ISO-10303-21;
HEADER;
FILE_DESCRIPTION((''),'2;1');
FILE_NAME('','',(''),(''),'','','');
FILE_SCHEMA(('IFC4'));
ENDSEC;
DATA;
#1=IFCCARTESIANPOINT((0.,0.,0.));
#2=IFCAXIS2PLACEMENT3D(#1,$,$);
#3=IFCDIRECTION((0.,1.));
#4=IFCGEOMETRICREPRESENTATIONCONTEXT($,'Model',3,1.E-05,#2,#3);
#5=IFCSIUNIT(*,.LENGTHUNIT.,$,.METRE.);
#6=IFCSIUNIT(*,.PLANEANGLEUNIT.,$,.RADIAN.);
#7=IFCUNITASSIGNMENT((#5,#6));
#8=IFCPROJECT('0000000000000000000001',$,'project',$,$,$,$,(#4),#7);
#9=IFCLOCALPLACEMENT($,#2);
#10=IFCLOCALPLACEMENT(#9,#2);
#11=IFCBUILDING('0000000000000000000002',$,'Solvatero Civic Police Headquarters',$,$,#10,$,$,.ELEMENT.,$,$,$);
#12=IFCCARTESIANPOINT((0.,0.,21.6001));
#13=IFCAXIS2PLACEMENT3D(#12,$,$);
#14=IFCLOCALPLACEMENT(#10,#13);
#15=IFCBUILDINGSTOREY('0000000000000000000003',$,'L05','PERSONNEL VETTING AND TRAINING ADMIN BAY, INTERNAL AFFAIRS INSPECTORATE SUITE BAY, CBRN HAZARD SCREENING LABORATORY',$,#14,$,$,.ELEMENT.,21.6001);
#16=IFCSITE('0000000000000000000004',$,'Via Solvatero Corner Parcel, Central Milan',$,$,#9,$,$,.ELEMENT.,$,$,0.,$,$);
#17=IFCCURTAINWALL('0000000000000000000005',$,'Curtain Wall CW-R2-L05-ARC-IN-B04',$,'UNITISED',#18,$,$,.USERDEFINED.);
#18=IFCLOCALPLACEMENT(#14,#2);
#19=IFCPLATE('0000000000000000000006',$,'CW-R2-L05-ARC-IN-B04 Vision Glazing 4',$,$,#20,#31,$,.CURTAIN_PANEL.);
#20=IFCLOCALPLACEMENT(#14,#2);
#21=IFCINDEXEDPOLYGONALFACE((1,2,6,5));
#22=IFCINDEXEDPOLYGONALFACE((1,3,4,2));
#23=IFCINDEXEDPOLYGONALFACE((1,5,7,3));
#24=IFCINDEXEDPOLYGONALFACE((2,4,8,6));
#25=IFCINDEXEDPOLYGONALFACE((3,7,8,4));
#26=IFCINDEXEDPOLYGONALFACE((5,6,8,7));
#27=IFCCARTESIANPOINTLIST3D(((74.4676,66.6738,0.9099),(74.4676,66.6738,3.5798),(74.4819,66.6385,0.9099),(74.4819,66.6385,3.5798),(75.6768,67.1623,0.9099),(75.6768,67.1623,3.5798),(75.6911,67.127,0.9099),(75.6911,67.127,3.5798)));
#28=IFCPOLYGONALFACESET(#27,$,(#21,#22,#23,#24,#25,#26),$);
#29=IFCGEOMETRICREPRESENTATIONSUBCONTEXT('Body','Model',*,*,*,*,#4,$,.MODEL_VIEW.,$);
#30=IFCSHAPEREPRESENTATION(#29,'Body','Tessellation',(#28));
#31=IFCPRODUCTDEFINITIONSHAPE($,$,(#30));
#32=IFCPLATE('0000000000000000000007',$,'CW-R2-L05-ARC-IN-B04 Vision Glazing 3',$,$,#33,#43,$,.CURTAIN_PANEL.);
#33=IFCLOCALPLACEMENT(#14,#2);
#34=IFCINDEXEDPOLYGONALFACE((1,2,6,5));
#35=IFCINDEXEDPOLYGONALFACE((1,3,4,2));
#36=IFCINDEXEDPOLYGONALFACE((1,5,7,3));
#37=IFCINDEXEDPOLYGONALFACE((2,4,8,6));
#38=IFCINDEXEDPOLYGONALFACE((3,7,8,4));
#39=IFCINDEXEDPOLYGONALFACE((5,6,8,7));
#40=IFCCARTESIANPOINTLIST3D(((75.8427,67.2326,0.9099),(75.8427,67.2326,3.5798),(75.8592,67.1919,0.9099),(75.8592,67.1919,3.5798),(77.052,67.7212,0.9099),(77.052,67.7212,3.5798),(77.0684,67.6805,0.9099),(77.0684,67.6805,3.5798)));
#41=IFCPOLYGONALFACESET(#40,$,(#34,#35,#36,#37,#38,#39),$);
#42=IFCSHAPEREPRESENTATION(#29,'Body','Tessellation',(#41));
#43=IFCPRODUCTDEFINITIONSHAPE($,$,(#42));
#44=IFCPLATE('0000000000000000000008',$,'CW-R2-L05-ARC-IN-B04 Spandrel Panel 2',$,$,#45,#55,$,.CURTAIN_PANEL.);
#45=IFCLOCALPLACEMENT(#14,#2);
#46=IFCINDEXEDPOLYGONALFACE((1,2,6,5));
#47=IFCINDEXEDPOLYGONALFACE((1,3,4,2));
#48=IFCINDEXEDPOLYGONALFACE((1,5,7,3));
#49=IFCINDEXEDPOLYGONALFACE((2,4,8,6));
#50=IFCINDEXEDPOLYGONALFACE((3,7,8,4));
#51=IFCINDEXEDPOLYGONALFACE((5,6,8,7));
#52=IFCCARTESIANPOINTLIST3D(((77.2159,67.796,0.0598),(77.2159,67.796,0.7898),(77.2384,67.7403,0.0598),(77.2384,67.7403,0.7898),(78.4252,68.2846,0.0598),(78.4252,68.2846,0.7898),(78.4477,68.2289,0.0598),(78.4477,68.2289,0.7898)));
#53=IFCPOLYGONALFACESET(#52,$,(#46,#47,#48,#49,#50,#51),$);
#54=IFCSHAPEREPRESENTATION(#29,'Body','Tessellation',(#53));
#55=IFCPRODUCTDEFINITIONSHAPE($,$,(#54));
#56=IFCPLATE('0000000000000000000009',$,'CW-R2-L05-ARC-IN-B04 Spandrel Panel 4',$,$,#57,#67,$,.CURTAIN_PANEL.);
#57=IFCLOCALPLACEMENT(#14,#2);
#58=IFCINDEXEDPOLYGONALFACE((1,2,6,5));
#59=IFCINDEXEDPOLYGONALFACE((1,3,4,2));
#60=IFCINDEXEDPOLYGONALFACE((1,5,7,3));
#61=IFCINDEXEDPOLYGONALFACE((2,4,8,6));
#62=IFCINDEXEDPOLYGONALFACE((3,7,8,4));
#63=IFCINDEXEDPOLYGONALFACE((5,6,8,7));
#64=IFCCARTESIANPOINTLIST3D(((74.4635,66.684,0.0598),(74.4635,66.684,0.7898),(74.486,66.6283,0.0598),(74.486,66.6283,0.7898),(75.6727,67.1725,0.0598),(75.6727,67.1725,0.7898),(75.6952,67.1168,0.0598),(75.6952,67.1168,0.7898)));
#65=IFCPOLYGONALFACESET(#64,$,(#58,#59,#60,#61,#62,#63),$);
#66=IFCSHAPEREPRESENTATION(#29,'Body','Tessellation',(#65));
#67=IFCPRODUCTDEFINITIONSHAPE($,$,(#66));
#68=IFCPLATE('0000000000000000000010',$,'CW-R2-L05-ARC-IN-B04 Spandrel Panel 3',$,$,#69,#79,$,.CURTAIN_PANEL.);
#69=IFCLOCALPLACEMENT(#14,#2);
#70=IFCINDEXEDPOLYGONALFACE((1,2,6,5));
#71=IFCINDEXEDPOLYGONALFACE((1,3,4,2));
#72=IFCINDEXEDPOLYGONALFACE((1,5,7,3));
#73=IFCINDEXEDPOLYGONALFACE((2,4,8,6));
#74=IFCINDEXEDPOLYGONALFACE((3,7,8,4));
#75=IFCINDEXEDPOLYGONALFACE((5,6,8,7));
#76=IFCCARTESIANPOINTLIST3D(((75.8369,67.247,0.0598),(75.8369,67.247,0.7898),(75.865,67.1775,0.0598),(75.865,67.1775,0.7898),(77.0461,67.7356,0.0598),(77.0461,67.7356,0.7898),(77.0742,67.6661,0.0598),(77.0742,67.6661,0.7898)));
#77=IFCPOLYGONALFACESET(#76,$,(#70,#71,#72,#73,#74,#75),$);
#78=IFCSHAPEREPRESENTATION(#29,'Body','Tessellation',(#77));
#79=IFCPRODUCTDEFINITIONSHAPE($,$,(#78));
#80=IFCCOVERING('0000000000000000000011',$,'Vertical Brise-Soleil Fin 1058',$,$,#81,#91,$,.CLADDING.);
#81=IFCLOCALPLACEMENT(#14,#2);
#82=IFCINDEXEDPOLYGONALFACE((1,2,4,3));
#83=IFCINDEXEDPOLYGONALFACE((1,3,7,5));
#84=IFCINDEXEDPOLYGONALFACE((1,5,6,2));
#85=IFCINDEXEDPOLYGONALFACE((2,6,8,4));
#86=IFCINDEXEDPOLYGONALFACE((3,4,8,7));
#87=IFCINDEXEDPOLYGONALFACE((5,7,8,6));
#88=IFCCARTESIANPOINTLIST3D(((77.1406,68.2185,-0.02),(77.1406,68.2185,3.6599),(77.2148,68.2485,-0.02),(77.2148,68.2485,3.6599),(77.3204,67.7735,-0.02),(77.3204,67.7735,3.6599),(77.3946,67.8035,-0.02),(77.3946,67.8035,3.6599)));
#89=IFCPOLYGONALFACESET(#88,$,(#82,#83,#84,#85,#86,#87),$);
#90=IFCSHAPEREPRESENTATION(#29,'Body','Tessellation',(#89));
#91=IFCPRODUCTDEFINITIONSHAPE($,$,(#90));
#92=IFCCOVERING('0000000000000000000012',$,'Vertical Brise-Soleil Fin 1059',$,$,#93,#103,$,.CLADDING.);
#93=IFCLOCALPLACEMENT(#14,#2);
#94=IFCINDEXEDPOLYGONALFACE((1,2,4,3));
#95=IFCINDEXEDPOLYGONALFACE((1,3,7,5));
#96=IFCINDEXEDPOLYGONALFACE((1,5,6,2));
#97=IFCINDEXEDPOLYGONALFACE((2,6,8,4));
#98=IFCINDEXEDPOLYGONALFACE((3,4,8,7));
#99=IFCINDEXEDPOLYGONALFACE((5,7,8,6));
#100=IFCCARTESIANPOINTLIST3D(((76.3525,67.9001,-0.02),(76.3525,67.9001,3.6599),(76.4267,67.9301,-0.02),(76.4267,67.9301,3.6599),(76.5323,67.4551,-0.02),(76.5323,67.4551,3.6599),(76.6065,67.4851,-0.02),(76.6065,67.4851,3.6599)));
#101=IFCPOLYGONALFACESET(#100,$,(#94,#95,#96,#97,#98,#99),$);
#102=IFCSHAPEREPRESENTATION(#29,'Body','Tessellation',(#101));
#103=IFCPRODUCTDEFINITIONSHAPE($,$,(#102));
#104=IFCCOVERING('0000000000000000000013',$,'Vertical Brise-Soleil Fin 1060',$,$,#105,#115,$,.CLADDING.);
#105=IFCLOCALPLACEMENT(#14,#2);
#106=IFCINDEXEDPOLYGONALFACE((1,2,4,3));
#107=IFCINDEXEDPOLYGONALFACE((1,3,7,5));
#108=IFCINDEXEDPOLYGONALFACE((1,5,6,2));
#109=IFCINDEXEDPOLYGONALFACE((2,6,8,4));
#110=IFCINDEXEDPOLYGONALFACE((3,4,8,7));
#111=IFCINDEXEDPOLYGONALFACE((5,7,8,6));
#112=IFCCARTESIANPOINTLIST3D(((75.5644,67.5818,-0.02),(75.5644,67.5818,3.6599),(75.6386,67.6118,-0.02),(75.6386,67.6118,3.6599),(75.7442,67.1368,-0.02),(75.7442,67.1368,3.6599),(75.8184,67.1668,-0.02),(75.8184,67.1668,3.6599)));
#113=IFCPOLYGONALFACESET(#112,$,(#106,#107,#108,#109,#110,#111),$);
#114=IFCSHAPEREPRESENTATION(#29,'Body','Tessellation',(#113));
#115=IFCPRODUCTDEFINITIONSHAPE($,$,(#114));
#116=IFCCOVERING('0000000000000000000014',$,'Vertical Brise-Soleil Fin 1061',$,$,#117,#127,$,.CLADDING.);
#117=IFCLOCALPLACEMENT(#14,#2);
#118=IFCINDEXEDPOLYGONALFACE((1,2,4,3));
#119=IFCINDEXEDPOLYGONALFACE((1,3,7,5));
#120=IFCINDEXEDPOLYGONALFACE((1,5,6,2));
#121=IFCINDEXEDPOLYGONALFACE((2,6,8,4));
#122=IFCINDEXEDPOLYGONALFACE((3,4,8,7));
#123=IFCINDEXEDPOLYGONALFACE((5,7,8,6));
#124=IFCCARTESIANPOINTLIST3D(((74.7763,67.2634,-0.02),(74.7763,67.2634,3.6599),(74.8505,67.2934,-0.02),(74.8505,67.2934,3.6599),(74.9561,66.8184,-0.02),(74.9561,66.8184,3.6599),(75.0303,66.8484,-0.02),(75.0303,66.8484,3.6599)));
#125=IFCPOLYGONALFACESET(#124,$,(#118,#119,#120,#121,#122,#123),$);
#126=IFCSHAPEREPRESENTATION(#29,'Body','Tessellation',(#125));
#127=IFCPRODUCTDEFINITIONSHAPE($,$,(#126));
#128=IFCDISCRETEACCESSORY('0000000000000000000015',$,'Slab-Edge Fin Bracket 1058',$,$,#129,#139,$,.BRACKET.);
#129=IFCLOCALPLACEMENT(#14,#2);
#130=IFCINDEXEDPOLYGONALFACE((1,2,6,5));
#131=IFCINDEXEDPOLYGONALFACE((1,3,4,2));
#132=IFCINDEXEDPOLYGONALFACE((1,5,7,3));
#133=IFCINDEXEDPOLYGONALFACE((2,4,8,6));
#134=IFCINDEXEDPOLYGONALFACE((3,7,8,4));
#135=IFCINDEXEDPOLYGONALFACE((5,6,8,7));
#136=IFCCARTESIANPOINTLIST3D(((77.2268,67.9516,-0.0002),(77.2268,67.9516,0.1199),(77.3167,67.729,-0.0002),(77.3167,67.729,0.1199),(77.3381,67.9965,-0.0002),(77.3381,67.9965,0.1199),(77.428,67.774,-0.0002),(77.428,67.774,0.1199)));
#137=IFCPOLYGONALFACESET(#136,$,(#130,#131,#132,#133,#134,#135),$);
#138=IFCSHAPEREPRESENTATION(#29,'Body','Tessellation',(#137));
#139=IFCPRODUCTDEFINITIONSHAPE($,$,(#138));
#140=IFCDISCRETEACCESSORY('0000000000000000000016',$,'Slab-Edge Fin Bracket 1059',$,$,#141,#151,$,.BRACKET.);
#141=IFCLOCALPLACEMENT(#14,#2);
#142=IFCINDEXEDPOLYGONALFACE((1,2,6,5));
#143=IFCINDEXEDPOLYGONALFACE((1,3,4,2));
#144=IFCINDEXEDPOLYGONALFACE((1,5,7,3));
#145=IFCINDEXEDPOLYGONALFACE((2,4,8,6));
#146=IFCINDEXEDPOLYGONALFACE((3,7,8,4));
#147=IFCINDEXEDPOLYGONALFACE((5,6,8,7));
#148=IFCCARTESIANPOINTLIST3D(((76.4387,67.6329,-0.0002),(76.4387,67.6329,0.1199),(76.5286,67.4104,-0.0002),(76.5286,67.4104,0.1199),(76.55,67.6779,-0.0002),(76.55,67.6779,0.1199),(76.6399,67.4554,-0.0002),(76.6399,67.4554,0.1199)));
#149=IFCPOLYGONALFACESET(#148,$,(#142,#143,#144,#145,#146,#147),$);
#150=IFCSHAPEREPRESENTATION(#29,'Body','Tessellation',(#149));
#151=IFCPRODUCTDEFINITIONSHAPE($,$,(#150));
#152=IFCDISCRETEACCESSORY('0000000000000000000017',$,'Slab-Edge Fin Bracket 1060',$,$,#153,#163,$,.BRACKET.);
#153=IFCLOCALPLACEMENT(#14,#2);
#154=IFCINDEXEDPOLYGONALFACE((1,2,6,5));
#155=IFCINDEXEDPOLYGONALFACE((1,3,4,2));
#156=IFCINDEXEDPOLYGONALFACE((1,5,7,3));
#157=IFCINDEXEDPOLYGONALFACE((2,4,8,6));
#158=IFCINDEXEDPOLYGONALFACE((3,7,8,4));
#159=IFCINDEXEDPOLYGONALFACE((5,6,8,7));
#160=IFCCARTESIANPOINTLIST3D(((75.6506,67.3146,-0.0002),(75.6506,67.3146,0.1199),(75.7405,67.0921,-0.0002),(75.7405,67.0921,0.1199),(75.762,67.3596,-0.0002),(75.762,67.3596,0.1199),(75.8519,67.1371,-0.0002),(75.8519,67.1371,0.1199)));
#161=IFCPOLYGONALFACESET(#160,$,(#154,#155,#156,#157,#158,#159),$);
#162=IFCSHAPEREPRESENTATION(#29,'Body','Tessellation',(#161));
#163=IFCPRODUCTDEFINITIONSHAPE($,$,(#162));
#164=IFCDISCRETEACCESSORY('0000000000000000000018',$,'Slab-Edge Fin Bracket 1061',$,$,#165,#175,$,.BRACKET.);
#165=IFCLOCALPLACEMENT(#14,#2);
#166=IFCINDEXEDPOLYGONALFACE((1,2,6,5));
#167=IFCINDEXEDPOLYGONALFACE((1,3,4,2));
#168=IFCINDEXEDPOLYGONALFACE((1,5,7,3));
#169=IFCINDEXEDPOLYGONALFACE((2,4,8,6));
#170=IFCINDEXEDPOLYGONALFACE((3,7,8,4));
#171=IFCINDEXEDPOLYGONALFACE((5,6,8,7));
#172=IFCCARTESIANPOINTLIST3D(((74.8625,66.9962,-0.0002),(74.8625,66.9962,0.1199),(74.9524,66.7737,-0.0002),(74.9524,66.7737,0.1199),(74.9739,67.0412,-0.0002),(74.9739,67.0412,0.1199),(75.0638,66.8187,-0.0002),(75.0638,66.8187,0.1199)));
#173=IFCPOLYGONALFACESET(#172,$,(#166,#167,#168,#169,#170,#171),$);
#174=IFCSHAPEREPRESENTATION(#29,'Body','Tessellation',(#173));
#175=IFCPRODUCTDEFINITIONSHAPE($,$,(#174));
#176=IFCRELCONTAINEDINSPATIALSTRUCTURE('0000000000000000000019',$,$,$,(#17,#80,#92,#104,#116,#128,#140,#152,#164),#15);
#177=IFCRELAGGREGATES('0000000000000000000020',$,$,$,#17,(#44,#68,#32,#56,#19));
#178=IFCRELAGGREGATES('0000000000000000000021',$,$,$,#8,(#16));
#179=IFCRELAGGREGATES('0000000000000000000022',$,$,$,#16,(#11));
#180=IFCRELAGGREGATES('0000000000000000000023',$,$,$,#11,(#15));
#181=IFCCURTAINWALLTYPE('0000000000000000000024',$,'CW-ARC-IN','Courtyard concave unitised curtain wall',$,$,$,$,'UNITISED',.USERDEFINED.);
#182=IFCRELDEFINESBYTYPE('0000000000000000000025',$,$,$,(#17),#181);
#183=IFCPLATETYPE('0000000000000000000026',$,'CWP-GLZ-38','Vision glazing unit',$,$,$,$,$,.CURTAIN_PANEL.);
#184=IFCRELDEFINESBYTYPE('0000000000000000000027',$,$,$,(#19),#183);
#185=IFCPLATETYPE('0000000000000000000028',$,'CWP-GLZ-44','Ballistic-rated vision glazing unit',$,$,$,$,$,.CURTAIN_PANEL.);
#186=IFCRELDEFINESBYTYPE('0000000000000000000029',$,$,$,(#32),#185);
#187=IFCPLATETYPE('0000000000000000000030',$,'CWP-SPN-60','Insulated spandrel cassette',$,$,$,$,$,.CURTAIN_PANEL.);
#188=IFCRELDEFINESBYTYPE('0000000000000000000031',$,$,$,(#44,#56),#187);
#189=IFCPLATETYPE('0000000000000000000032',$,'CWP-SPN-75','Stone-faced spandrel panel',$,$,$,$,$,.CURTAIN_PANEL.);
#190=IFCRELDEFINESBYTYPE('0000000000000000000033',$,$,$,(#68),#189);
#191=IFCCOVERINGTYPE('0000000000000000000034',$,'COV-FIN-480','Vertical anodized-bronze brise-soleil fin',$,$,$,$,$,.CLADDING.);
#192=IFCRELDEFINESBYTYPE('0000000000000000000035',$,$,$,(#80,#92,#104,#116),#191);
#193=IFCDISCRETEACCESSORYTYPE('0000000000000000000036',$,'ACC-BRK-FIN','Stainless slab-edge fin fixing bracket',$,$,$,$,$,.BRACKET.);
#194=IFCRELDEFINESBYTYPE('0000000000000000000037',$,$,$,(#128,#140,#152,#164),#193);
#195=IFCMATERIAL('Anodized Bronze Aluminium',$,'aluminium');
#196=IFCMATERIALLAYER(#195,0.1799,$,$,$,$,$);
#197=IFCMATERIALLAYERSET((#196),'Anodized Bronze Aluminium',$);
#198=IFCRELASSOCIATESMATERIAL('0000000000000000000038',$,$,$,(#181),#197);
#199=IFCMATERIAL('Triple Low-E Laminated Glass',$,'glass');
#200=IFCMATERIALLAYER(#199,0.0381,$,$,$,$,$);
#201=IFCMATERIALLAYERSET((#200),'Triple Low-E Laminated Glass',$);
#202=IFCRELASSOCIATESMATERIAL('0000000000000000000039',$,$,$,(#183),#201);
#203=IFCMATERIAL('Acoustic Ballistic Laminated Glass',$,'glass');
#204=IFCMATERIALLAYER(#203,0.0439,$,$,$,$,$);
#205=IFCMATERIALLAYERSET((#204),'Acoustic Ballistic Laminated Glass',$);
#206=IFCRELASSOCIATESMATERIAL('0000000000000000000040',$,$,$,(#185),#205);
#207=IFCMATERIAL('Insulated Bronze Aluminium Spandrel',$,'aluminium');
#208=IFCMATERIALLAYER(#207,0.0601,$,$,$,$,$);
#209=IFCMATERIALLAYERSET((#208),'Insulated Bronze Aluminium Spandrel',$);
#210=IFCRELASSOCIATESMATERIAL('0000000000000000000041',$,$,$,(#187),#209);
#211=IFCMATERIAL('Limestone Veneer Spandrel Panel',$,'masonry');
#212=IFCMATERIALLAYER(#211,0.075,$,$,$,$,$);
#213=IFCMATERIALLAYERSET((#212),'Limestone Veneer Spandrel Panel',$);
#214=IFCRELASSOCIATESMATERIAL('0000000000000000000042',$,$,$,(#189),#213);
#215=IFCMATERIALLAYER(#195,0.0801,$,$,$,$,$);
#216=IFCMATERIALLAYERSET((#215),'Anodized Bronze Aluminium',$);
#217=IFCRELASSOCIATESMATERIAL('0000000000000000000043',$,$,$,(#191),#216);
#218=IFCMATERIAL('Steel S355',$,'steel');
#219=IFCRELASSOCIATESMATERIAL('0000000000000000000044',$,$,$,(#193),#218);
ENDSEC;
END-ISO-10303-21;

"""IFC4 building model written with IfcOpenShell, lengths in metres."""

from ifc_helpers import new_model, si_unit, direction, frame, origin, origin_2d, place, context, subcontext, project, spatial, rectangle, extrude, material, layer, layer_set, type_object, element, aggregate, save


model = new_model("IFC4")

# Units and contexts
model_context = context("Model", 3, precision=1e-05, world=origin(), true_north=direction((0.0, 1.0)))
body_context = subcontext(model_context, "Body", "Model", "MODEL_VIEW")
ifc_project = project(units=[si_unit("LENGTHUNIT", "METRE"), si_unit("PLANEANGLEUNIT", "RADIAN")], contexts=[model_context])

# Site, building, storey
site_placement = place(None, origin())
site = spatial("IfcSite", under=ifc_project, at=site_placement, Name="Via Solvatero Corner Parcel, Central Milan", CompositionType="ELEMENT", RefElevation=0.0)
building_placement = place(site_placement, origin())
building = spatial("IfcBuilding", under=site, at=building_placement, Name="Solvatero Civic Police Headquarters", CompositionType="ELEMENT")
storey_placement = place(building_placement, frame((0.0, 0.0, 21.6001)))
storey = spatial("IfcBuildingStorey", under=building, at=storey_placement, Name="L05", Description="PERSONNEL VETTING AND TRAINING ADMIN BAY, INTERNAL AFFAIRS INSPECTORATE SUITE BAY, CBRN HAZARD SCREENING LABORATORY", CompositionType="ELEMENT", Elevation=21.6001)

# Shared definitions
ifc_material_1 = material(Name="Steel S355", Category="steel")

# Curtain wall, plates
ifc_material_2 = material(Name="Anodized Bronze Aluminium", Category="aluminium")
ifc_layer_1 = layer(ifc_material_2, 0.1799)
ifc_layer_set_1 = layer_set([ifc_layer_1], Name="Anodized Bronze Aluminium")
curtain_wall_type = type_object("IfcCurtainWallType", Name="CW-ARC-IN", Description="Courtyard concave unitised curtain wall", ElementType="UNITISED", PredefinedType="USERDEFINED", material=ifc_layer_set_1)
curtain_wall_placement = place(storey_placement, origin())
curtain_wall = element("IfcCurtainWall", 1, at=curtain_wall_placement, inside=storey, type_object=curtain_wall_type, Name="Curtain Wall CW-R2-L05-ARC-IN-B04", ObjectType="UNITISED", PredefinedType="USERDEFINED")
ifc_material_3 = material(Name="Triple Low-E Laminated Glass", Category="glass")
ifc_layer_2 = layer(ifc_material_3, 0.0381)
ifc_layer_set_2 = layer_set([ifc_layer_2], Name="Triple Low-E Laminated Glass")
plate_type_1 = type_object("IfcPlateType", Name="CWP-GLZ-38", Description="Vision glazing unit", PredefinedType="CURTAIN_PANEL", material=ifc_layer_set_2)
plate_1_placement = place(storey_placement, frame((75.0793, 66.9004, 0.9099), z_axis=(0.0, 0.0, 1.0), x_axis=(-0.927184, -0.374607, 0.0)))
plate_1 = element("IfcPlate", 2, at=plate_1_placement, type_object=plate_type_1, Name="CW-R2-L05-ARC-IN-B04 Vision Glazing 4", PredefinedType="CURTAIN_PANEL", context=body_context, shape_type="SweptSolid", body=[
    extrude(rectangle(XDim=1.3042, YDim=0.0381, at=origin_2d()), origin(), (0.0, 0.0, 1.0), 2.6699),
])
ifc_material_4 = material(Name="Acoustic Ballistic Laminated Glass", Category="glass")
ifc_layer_3 = layer(ifc_material_4, 0.0439)
ifc_layer_set_3 = layer_set([ifc_layer_3], Name="Acoustic Ballistic Laminated Glass")
plate_type_2 = type_object("IfcPlateType", Name="CWP-GLZ-44", Description="Ballistic-rated vision glazing unit", PredefinedType="CURTAIN_PANEL", material=ifc_layer_set_3)
plate_2_placement = place(storey_placement, frame((76.4556, 67.4565, 0.9099), z_axis=(0.0, 0.0, 1.0), x_axis=(-0.927184, -0.374607, 0.0)))
plate_2 = element("IfcPlate", 3, at=plate_2_placement, type_object=plate_type_2, Name="CW-R2-L05-ARC-IN-B04 Vision Glazing 3", PredefinedType="CURTAIN_PANEL", context=body_context, shape_type="SweptSolid", body=[
    extrude(rectangle(XDim=1.3042, YDim=0.0439, at=origin_2d()), origin(), (0.0, 0.0, 1.0), 2.6699),
])
ifc_material_5 = material(Name="Insulated Bronze Aluminium Spandrel", Category="aluminium")
ifc_layer_4 = layer(ifc_material_5, 0.0601)
ifc_layer_set_4 = layer_set([ifc_layer_4], Name="Insulated Bronze Aluminium Spandrel")
plate_type_3 = type_object("IfcPlateType", Name="CWP-SPN-60", Description="Insulated spandrel cassette", PredefinedType="CURTAIN_PANEL", material=ifc_layer_set_4)
plate_3_placement = place(storey_placement, frame((77.8318, 68.0125, 0.0598), z_axis=(0.0, 0.0, 1.0), x_axis=(-0.927184, -0.374607, 0.0)))
plate_3 = element("IfcPlate", 4, at=plate_3_placement, type_object=plate_type_3, Name="CW-R2-L05-ARC-IN-B04 Spandrel Panel 2", PredefinedType="CURTAIN_PANEL", context=body_context, shape_type="SweptSolid", body=[
    extrude(rectangle(XDim=1.3042, YDim=0.0601, at=origin_2d()), origin(), (0.0, 0.0, 1.0), 0.73),
])
plate_4_placement = place(storey_placement, frame((75.0793, 66.9004, 0.0598), z_axis=(0.0, 0.0, 1.0), x_axis=(-0.927184, -0.374607, 0.0)))
plate_4 = element("IfcPlate", 5, at=plate_4_placement, type_object=plate_type_3, Name="CW-R2-L05-ARC-IN-B04 Spandrel Panel 4", PredefinedType="CURTAIN_PANEL", context=body_context, shape_type="SweptSolid", body=[
    extrude(rectangle(XDim=1.3042, YDim=0.0601, at=origin_2d()), origin(), (0.0, 0.0, 1.0), 0.73),
])
ifc_material_6 = material(Name="Limestone Veneer Spandrel Panel", Category="masonry")
ifc_layer_5 = layer(ifc_material_6, 0.075)
ifc_layer_set_5 = layer_set([ifc_layer_5], Name="Limestone Veneer Spandrel Panel")
plate_type_4 = type_object("IfcPlateType", Name="CWP-SPN-75", Description="Stone-faced spandrel panel", PredefinedType="CURTAIN_PANEL", material=ifc_layer_set_5)
plate_5_placement = place(storey_placement, frame((76.4556, 67.4565, 0.0598), z_axis=(0.0, 0.0, 1.0), x_axis=(-0.927184, -0.374607, 0.0)))
plate_5 = element("IfcPlate", 6, at=plate_5_placement, type_object=plate_type_4, Name="CW-R2-L05-ARC-IN-B04 Spandrel Panel 3", PredefinedType="CURTAIN_PANEL", context=body_context, shape_type="SweptSolid", body=[
    extrude(rectangle(XDim=1.3042, YDim=0.075, at=origin_2d()), origin(), (0.0, 0.0, 1.0), 0.73),
])
aggregate(curtain_wall, [plate_3, plate_5, plate_2, plate_4, plate_1])

# Coverings
ifc_layer_6 = layer(ifc_material_2, 0.0801)
ifc_layer_set_6 = layer_set([ifc_layer_6], Name="Anodized Bronze Aluminium")
covering_type = type_object("IfcCoveringType", Name="COV-FIN-480", Description="Vertical anodized-bronze brise-soleil fin", PredefinedType="CLADDING", material=ifc_layer_set_6)
for number, where, z_axis, x_axis, name in (
    (7, (77.2676, 68.011, -0.02), (0.0, 0.0, 1.0), (-0.927184, -0.374607, 0.0), "Vertical Brise-Soleil Fin 1058"),
    (8, (76.4795, 67.6926, -0.02), (0.0, 0.0, 1.0), (-0.927184, -0.374607, 0.0), "Vertical Brise-Soleil Fin 1059"),
    (9, (75.6914, 67.3743, -0.02), (0.0, 0.0, 1.0), (-0.927184, -0.374607, 0.0), "Vertical Brise-Soleil Fin 1060"),
    (10, (74.9033, 67.0559, -0.02), (0.0, 0.0, 1.0), (-0.927184, -0.374607, 0.0), "Vertical Brise-Soleil Fin 1061"),
):
    element("IfcCovering", number, at=place(storey_placement, frame(where, z_axis=z_axis, x_axis=x_axis)), inside=storey, type_object=covering_type, Name=name, PredefinedType="CLADDING", context=body_context, shape_type="SweptSolid", body=[
        extrude(rectangle(XDim=0.0801, YDim=0.48, at=origin_2d()), origin(), (0.0, 0.0, 1.0), 3.6799),
    ])

# Discrete accessories
discrete_accessory_type = type_object("IfcDiscreteAccessoryType", Name="ACC-BRK-FIN", Description="Stainless slab-edge fin fixing bracket", PredefinedType="BRACKET", material=ifc_material_1)
for number, where, z_axis, x_axis, name in (
    (11, (77.3274, 67.8628, -0.0002), (0.0, 0.0, 1.0), (-0.927184, -0.374607, 0.0), "Slab-Edge Fin Bracket 1058"),
    (12, (76.5393, 67.5442, -0.0002), (0.0, 0.0, 1.0), (-0.927184, -0.374607, 0.0), "Slab-Edge Fin Bracket 1059"),
    (13, (75.7512, 67.2258, -0.0002), (0.0, 0.0, 1.0), (-0.927184, -0.374607, 0.0), "Slab-Edge Fin Bracket 1060"),
    (14, (74.9631, 66.9075, -0.0002), (0.0, 0.0, 1.0), (-0.927184, -0.374607, 0.0), "Slab-Edge Fin Bracket 1061"),
):
    element("IfcDiscreteAccessory", number, at=place(storey_placement, frame(where, z_axis=z_axis, x_axis=x_axis)), inside=storey, type_object=discrete_accessory_type, Name=name, PredefinedType="BRACKET", context=body_context, shape_type="SweptSolid", body=[
        extrude(rectangle(XDim=0.1201, YDim=0.24, at=origin_2d()), origin(), (0.0, 0.0, 1.0), 0.1201),
    ])

save(model, "model.ifc")
